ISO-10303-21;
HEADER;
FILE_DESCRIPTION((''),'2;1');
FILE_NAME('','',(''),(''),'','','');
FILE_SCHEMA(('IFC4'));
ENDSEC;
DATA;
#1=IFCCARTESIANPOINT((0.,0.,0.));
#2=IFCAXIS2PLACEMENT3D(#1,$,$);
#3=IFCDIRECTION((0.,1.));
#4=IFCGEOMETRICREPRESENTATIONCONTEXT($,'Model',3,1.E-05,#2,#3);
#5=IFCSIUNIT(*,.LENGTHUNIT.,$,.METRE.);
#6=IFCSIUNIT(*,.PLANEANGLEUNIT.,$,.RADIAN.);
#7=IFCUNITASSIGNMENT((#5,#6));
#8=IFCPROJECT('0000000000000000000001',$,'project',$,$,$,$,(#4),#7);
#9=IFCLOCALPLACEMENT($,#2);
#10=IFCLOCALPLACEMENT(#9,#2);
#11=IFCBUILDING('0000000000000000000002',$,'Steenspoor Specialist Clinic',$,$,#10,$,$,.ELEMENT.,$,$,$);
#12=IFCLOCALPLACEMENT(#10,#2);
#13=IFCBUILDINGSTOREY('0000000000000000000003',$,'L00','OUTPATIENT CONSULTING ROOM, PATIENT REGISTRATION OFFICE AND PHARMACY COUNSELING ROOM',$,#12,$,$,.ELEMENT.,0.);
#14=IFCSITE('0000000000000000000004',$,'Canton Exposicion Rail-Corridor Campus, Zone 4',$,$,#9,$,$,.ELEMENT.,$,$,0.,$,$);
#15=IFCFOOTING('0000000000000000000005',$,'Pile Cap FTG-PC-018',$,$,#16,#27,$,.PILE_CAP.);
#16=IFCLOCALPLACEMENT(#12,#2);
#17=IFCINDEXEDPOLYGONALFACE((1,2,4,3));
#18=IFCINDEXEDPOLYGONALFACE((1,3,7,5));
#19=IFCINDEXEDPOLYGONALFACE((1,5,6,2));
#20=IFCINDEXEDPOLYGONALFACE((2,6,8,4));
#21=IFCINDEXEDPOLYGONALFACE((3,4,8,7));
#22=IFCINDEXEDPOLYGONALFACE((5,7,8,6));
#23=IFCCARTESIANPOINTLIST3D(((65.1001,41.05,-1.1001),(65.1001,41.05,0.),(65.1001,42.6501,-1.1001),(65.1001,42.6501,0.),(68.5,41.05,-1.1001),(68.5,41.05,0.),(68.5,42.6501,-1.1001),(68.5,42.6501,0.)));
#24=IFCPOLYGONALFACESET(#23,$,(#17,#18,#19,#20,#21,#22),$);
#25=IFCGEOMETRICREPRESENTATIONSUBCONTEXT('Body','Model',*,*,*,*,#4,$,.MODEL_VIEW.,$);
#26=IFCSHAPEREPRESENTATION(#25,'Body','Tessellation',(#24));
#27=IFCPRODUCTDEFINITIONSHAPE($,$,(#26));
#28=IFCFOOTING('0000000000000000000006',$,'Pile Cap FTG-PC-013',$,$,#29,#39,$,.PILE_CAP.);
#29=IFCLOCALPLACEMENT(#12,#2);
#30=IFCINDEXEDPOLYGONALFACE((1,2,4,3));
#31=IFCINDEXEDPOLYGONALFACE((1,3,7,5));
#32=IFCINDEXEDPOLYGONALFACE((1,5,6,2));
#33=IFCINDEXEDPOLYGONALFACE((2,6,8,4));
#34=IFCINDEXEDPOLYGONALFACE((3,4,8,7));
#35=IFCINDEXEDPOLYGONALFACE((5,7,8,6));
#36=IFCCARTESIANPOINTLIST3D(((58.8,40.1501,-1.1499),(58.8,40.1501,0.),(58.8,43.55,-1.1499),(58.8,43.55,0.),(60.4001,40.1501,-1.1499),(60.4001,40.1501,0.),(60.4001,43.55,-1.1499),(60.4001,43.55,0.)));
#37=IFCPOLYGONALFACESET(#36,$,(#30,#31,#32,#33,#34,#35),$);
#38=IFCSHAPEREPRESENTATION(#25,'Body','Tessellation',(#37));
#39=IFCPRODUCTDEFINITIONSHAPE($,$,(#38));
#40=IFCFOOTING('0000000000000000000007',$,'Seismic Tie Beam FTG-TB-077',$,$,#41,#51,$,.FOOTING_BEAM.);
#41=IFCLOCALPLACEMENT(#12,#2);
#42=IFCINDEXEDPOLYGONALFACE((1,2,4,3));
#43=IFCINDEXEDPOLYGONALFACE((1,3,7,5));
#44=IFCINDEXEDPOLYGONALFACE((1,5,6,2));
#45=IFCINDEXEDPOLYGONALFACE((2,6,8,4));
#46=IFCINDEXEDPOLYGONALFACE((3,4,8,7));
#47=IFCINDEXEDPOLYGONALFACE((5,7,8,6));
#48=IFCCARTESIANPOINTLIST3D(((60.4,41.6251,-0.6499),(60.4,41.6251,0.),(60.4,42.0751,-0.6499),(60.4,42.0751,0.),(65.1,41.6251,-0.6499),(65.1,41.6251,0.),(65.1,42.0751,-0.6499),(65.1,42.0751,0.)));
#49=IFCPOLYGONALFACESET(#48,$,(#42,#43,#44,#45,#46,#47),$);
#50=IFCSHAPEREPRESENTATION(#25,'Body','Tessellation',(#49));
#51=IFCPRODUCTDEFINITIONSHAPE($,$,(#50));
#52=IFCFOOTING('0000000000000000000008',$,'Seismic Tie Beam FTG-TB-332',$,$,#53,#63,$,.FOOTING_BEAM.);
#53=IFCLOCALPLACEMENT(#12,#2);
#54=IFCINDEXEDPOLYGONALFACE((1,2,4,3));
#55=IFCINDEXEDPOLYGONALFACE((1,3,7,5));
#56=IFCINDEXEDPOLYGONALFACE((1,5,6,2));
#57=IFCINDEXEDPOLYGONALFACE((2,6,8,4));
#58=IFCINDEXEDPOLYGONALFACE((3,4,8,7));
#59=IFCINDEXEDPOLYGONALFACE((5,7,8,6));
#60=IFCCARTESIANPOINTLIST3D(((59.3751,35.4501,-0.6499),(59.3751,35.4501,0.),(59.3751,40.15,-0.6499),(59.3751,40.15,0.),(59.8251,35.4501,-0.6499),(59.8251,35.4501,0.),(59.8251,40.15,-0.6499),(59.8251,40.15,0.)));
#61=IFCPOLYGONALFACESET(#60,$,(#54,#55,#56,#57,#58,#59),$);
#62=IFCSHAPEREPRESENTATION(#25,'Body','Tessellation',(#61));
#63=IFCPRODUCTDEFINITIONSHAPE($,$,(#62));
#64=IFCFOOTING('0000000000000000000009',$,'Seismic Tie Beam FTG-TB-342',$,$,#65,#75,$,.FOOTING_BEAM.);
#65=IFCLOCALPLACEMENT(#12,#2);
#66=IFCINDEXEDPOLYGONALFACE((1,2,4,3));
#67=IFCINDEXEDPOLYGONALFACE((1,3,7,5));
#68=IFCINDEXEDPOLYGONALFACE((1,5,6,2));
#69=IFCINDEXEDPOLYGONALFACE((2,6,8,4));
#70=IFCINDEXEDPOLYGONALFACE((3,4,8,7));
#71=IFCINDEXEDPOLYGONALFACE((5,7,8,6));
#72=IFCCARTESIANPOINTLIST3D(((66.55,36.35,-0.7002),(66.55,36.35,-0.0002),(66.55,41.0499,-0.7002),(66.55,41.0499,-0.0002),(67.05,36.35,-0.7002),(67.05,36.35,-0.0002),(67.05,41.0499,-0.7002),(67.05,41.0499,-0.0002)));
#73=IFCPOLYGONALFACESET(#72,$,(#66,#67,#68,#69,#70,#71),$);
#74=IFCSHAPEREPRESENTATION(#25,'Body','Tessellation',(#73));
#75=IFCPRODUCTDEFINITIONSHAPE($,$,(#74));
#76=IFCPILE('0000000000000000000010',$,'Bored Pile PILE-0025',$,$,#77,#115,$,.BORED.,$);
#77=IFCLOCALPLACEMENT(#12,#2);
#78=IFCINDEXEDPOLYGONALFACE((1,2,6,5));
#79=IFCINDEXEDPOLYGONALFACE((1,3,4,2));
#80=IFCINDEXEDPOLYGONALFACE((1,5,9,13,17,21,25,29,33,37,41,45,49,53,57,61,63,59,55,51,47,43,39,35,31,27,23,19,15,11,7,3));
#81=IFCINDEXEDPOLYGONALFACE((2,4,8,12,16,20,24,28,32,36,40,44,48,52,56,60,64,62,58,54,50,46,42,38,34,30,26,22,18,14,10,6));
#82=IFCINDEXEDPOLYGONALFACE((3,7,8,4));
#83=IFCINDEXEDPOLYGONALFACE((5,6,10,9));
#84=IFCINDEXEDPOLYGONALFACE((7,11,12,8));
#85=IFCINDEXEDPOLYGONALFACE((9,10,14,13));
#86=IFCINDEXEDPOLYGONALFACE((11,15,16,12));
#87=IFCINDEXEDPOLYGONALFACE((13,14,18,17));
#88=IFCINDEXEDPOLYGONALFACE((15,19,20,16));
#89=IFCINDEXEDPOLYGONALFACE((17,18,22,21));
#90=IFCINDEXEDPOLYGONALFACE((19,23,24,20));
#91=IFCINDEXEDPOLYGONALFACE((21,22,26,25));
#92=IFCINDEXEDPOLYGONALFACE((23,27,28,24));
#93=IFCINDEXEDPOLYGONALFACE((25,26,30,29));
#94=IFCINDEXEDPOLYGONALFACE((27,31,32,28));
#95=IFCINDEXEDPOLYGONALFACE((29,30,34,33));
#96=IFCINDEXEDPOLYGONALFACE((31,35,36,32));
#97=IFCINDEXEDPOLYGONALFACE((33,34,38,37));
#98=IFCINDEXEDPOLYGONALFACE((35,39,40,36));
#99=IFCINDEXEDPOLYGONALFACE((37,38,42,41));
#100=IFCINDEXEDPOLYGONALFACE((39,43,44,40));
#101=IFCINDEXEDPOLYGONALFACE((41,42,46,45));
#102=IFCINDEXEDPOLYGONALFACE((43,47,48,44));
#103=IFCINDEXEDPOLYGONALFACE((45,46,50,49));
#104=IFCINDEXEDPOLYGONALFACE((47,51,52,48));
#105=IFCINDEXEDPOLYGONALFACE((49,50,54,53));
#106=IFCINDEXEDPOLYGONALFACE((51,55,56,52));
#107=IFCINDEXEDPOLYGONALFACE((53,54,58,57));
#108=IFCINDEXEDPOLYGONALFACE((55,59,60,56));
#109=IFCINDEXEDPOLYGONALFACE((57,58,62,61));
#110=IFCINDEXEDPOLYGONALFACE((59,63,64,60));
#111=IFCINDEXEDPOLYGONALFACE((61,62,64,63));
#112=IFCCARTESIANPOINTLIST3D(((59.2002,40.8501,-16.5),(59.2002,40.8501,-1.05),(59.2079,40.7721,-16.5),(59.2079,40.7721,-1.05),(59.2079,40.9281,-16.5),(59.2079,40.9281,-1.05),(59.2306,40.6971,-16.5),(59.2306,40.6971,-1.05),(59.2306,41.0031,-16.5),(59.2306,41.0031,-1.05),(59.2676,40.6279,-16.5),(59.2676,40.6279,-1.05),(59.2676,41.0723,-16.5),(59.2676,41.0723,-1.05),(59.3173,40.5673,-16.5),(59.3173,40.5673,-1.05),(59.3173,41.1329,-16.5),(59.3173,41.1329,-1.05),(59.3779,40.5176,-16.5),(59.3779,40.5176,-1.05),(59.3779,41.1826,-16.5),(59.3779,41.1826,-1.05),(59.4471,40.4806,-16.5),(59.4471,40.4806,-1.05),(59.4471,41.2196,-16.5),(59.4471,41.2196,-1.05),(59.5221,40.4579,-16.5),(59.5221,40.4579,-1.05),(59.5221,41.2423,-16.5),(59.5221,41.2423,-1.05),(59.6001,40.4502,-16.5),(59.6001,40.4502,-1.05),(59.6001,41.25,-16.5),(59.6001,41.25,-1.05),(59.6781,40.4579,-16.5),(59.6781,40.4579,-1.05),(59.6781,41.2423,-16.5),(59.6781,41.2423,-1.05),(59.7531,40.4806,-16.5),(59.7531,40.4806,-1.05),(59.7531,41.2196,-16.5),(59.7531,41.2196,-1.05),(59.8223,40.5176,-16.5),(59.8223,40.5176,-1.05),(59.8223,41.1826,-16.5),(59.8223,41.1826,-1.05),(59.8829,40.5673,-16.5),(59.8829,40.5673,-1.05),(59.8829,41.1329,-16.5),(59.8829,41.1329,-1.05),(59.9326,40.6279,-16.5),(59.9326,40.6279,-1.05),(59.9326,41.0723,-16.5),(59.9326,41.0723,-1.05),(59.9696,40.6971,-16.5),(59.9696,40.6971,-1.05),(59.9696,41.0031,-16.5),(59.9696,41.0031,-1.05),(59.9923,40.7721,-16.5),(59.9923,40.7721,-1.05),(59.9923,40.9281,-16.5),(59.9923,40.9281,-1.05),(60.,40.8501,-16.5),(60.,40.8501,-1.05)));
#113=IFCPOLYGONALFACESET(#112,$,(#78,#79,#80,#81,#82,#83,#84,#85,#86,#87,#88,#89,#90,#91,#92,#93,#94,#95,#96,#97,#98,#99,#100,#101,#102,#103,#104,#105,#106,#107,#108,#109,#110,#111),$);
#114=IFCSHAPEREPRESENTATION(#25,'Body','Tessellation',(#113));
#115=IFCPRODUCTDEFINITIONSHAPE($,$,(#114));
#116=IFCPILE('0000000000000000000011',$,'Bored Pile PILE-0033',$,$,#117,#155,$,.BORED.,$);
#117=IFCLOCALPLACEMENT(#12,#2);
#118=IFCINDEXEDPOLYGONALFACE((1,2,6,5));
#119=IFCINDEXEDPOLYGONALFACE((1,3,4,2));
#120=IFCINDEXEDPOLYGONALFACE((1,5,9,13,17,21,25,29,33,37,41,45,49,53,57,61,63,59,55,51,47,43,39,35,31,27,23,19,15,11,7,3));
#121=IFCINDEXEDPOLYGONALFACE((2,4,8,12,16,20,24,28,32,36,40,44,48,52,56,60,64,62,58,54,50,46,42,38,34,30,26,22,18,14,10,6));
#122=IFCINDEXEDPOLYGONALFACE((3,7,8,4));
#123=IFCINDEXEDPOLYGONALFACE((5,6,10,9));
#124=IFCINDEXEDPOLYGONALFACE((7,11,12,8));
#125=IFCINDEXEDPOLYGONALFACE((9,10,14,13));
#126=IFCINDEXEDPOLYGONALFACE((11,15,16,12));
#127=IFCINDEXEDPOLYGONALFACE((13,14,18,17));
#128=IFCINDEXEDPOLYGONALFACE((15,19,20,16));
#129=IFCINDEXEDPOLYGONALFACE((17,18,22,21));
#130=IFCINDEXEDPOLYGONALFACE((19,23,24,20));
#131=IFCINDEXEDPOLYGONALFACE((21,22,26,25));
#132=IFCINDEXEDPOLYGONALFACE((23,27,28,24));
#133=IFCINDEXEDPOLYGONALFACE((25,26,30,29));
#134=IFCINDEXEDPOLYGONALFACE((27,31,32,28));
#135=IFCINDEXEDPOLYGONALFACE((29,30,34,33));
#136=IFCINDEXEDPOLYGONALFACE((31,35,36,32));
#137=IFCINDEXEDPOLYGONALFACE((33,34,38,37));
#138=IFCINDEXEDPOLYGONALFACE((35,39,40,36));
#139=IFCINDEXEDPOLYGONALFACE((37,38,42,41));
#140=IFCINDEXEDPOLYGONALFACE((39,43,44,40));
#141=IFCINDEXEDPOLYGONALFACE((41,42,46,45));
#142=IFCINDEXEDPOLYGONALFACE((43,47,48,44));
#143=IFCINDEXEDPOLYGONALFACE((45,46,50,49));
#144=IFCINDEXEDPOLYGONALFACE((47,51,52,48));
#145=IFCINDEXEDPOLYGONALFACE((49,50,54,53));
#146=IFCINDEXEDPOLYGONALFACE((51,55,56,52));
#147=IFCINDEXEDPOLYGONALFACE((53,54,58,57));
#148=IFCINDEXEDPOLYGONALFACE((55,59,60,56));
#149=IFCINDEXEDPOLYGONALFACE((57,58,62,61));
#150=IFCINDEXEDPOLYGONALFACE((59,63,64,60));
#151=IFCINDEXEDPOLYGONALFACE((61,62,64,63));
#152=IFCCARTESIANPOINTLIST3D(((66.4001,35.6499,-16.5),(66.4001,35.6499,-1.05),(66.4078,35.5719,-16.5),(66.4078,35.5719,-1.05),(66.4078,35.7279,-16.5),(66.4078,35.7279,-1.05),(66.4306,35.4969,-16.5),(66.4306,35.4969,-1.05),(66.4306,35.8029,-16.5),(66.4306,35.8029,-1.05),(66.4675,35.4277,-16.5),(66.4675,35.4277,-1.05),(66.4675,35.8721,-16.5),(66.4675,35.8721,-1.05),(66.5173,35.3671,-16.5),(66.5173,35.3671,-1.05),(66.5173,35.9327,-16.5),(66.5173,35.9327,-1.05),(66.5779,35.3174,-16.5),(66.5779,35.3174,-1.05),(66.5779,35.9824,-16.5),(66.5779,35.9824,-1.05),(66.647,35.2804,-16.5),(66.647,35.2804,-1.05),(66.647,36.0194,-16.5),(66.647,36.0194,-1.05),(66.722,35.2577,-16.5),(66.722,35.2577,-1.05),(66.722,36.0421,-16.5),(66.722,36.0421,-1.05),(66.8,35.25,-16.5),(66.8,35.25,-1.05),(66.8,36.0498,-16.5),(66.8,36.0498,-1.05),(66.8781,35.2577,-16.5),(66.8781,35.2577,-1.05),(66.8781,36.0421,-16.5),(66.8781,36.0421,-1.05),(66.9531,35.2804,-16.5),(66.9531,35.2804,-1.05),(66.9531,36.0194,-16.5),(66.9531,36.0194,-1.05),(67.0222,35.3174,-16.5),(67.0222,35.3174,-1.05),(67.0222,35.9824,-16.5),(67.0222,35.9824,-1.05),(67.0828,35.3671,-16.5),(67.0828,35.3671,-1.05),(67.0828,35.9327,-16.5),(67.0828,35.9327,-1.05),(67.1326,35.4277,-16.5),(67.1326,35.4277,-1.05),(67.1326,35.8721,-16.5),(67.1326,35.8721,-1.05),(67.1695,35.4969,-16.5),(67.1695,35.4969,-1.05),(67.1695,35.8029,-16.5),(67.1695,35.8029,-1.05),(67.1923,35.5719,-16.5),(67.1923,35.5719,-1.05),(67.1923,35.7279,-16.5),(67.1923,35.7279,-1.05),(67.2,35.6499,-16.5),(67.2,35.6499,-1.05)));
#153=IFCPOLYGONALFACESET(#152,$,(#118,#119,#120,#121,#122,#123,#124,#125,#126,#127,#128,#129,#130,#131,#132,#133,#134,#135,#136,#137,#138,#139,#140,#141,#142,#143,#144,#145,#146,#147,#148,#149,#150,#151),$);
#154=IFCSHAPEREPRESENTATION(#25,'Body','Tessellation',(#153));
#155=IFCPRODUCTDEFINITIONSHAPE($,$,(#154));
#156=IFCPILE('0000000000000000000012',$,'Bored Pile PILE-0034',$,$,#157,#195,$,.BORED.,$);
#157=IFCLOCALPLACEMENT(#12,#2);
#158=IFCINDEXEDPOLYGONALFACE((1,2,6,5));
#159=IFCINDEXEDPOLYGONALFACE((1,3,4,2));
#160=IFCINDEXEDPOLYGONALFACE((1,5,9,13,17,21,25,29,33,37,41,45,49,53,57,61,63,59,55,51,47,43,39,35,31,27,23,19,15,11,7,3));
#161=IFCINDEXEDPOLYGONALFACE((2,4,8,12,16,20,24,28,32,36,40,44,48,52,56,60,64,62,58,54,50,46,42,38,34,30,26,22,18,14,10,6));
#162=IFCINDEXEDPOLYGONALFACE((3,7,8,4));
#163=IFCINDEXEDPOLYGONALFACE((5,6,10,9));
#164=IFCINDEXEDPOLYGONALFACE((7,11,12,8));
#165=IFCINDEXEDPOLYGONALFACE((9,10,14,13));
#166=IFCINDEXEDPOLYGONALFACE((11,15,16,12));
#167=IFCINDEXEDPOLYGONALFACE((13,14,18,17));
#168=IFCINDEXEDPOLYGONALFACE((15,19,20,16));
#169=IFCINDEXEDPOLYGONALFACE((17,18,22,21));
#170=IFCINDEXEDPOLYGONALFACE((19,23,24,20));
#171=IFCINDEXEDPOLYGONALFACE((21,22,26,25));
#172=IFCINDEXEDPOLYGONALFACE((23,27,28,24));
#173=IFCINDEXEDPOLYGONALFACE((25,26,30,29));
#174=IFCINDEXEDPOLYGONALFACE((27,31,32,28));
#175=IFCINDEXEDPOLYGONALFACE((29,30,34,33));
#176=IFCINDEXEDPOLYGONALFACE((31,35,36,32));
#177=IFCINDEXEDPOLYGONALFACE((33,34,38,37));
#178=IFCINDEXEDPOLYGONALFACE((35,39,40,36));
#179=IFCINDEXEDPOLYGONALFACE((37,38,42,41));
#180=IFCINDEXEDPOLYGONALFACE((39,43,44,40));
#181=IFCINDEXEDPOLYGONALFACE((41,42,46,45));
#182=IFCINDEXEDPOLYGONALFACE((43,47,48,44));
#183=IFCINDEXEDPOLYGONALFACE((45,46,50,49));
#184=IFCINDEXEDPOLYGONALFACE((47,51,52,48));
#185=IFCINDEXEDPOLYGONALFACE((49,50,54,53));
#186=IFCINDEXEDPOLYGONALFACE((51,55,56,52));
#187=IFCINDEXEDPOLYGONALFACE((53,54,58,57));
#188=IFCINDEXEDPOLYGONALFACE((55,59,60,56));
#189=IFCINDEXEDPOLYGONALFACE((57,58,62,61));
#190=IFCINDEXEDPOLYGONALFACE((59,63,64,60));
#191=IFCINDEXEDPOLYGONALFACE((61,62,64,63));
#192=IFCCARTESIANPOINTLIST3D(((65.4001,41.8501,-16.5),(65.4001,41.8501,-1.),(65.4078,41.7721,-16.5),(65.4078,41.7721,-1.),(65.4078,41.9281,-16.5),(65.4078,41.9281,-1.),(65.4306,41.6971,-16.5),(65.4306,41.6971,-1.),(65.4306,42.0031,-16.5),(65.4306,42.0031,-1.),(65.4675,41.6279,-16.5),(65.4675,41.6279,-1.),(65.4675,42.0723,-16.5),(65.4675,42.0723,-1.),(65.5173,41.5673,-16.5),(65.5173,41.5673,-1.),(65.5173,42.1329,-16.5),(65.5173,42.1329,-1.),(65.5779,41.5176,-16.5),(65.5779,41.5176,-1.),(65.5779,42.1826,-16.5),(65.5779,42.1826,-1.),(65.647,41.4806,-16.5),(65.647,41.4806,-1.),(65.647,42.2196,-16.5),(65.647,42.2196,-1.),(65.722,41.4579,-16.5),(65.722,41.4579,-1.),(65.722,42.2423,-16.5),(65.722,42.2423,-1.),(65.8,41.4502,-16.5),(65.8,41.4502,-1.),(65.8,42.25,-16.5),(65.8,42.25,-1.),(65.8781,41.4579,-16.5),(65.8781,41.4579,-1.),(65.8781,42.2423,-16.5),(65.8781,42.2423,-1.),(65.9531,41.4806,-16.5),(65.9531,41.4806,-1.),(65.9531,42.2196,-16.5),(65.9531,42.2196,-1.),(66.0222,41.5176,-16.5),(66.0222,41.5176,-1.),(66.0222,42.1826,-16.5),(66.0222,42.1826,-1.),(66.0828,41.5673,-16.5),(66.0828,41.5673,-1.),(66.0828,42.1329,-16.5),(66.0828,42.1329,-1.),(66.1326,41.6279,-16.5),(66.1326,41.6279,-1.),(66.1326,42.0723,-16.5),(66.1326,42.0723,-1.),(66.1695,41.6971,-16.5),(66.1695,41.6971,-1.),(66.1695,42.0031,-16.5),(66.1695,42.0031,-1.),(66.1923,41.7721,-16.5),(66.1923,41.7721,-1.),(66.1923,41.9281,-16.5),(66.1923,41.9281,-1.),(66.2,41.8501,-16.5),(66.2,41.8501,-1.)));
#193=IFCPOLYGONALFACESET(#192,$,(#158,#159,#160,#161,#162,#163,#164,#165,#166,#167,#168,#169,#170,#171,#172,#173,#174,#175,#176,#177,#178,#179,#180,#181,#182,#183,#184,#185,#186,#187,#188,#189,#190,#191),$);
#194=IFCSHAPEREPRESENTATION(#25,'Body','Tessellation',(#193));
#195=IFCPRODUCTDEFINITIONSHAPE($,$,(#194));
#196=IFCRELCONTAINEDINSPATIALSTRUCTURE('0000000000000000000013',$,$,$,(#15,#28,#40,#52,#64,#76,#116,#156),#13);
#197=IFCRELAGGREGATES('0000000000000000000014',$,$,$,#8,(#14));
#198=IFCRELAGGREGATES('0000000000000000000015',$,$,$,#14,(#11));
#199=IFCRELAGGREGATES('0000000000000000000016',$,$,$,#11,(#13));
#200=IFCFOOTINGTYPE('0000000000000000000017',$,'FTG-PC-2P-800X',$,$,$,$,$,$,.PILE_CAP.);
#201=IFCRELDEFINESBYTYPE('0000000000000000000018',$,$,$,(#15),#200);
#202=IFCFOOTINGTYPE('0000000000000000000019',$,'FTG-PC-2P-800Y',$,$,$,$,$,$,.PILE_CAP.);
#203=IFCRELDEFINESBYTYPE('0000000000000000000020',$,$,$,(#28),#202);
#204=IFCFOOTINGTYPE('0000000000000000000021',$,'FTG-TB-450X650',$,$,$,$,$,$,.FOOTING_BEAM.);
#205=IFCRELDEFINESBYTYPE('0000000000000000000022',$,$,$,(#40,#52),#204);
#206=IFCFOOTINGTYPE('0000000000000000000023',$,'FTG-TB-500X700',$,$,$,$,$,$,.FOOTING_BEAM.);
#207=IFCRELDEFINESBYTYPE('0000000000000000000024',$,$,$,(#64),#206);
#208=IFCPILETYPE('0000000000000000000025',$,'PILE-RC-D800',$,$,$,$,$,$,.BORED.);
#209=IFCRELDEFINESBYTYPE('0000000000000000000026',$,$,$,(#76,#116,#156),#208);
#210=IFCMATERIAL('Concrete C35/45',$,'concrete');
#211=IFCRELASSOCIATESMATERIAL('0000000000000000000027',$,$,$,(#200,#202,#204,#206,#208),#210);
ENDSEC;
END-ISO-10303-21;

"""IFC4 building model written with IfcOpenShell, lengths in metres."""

from ifc_helpers import new_model, si_unit, direction, frame, origin, origin_2d, place, context, subcontext, project, spatial, rectangle, circle, extrude, material, material_profile, profile_set, type_object, element, save


model = new_model("IFC4")

# Units and contexts
model_context = context("Model", 3, precision=1e-05, world=origin(), true_north=direction((0.0, 1.0)))
body_context = subcontext(model_context, "Body", "Model", "MODEL_VIEW")
ifc_project = project(units=[si_unit("LENGTHUNIT", "METRE"), si_unit("PLANEANGLEUNIT", "RADIAN")], contexts=[model_context])

# Site, building, storey
site_placement = place(None, origin())
site = spatial("IfcSite", under=ifc_project, at=site_placement, Name="Canton Exposicion Rail-Corridor Campus, Zone 4", CompositionType="ELEMENT", RefElevation=0.0)
building_placement = place(site_placement, origin())
building = spatial("IfcBuilding", under=site, at=building_placement, Name="Steenspoor Specialist Clinic", CompositionType="ELEMENT")
storey_placement = place(building_placement, origin())
storey = spatial("IfcBuildingStorey", under=building, at=storey_placement, Name="L00", Description="OUTPATIENT CONSULTING ROOM, PATIENT REGISTRATION OFFICE AND PHARMACY COUNSELING ROOM", CompositionType="ELEMENT", Elevation=0.0)

# Footings
ifc_material_1 = material(Name="Concrete C35/45", Category="concrete")
footing_type_1 = type_object("IfcFootingType", Name="FTG-PC-2P-800X", PredefinedType="PILE_CAP", material=ifc_material_1)
footing_1_placement = place(storey_placement, frame((66.8, 41.8501, -1.1001), z_axis=(0.0, 0.0, 1.0), x_axis=(1.0, 0.0, 0.0)))
element("IfcFooting", 1, at=footing_1_placement, inside=storey, type_object=footing_type_1, Name="Pile Cap FTG-PC-018", PredefinedType="PILE_CAP", context=body_context, shape_type="SweptSolid", body=[
    extrude(rectangle(XDim=3.3999, YDim=1.6001, at=origin_2d()), origin(), (0.0, 0.0, 1.0), 1.1001),
])
footing_type_2 = type_object("IfcFootingType", Name="FTG-PC-2P-800Y", PredefinedType="PILE_CAP", material=ifc_material_1)
footing_2_placement = place(storey_placement, frame((59.6001, 41.8501, -1.1499), z_axis=(0.0, 0.0, 1.0), x_axis=(1.0, 0.0, 0.0)))
element("IfcFooting", 2, at=footing_2_placement, inside=storey, type_object=footing_type_2, Name="Pile Cap FTG-PC-013", PredefinedType="PILE_CAP", context=body_context, shape_type="SweptSolid", body=[
    extrude(rectangle(XDim=1.6001, YDim=3.3999, at=origin_2d()), origin(), (0.0, 0.0, 1.0), 1.1499),
])
footing_type_3 = type_object("IfcFootingType", Name="FTG-TB-450X650", PredefinedType="FOOTING_BEAM", material=ifc_material_1)
footing_3_placement = place(storey_placement, frame((62.75, 41.8501, -0.6499), z_axis=(0.0, 0.0, 1.0), x_axis=(1.0, 0.0, 0.0)))
element("IfcFooting", 3, at=footing_3_placement, inside=storey, type_object=footing_type_3, Name="Seismic Tie Beam FTG-TB-077", PredefinedType="FOOTING_BEAM", context=body_context, shape_type="SweptSolid", body=[
    extrude(rectangle(XDim=4.7, YDim=0.45, at=origin_2d()), origin(), (0.0, 0.0, 1.0), 0.6499),
])
footing_4_placement = place(storey_placement, frame((59.6001, 37.8, -0.6499), z_axis=(0.0, 0.0, 1.0), x_axis=(1.0, 0.0, 0.0)))
element("IfcFooting", 4, at=footing_4_placement, inside=storey, type_object=footing_type_3, Name="Seismic Tie Beam FTG-TB-332", PredefinedType="FOOTING_BEAM", context=body_context, shape_type="SweptSolid", body=[
    extrude(rectangle(XDim=0.45, YDim=4.7, at=origin_2d()), origin(), (0.0, 0.0, 1.0), 0.6499),
])
footing_type_4 = type_object("IfcFootingType", Name="FTG-TB-500X700", PredefinedType="FOOTING_BEAM", material=ifc_material_1)
footing_5_placement = place(storey_placement, frame((66.8, 38.7, -0.7002), z_axis=(0.0, 0.0, 1.0), x_axis=(1.0, 0.0, 0.0)))
element("IfcFooting", 5, at=footing_5_placement, inside=storey, type_object=footing_type_4, Name="Seismic Tie Beam FTG-TB-342", PredefinedType="FOOTING_BEAM", context=body_context, shape_type="SweptSolid", body=[
    extrude(rectangle(XDim=0.5, YDim=4.7, at=origin_2d()), origin(), (0.0, 0.0, 1.0), 0.7),
])

# Piles
ifc_material_profile_1 = material_profile(ifc_material_1, circle(Radius=0.3999, at=origin_2d()), Name="PILE-D800")
ifc_profile_set_1 = profile_set([ifc_material_profile_1], Name="Concrete C35/45")
pile_type = type_object("IfcPileType", Name="PILE-RC-D800", PredefinedType="BORED", material=ifc_profile_set_1)
for number, where, z_axis, x_axis, name in (
    (6, (59.6001, 40.8501, -1.05), (0.0, 0.0, -1.0), (1.0, 0.0, 0.0), "Bored Pile PILE-0025"),
    (7, (66.8, 35.6499, -1.05), (0.0, 0.0, -1.0), (1.0, 0.0, 0.0), "Bored Pile PILE-0033"),
):
    element("IfcPile", number, at=place(storey_placement, frame(where, z_axis=z_axis, x_axis=x_axis)), inside=storey, type_object=pile_type, Name=name, PredefinedType="BORED", context=body_context, shape_type="SweptSolid", body=[
        extrude(circle(Radius=0.3999, at=origin_2d()), origin(), (0.0, 0.0, 1.0), 15.45),
    ])
pile_placement = place(storey_placement, frame((65.8, 41.8501, -1.0), z_axis=(0.0, 0.0, -1.0), x_axis=(1.0, 0.0, 0.0)))
element("IfcPile", 8, at=pile_placement, inside=storey, type_object=pile_type, Name="Bored Pile PILE-0034", PredefinedType="BORED", context=body_context, shape_type="SweptSolid", body=[
    extrude(circle(Radius=0.3999, at=origin_2d()), origin(), (0.0, 0.0, 1.0), 15.5),
])

save(model, "model.ifc")
